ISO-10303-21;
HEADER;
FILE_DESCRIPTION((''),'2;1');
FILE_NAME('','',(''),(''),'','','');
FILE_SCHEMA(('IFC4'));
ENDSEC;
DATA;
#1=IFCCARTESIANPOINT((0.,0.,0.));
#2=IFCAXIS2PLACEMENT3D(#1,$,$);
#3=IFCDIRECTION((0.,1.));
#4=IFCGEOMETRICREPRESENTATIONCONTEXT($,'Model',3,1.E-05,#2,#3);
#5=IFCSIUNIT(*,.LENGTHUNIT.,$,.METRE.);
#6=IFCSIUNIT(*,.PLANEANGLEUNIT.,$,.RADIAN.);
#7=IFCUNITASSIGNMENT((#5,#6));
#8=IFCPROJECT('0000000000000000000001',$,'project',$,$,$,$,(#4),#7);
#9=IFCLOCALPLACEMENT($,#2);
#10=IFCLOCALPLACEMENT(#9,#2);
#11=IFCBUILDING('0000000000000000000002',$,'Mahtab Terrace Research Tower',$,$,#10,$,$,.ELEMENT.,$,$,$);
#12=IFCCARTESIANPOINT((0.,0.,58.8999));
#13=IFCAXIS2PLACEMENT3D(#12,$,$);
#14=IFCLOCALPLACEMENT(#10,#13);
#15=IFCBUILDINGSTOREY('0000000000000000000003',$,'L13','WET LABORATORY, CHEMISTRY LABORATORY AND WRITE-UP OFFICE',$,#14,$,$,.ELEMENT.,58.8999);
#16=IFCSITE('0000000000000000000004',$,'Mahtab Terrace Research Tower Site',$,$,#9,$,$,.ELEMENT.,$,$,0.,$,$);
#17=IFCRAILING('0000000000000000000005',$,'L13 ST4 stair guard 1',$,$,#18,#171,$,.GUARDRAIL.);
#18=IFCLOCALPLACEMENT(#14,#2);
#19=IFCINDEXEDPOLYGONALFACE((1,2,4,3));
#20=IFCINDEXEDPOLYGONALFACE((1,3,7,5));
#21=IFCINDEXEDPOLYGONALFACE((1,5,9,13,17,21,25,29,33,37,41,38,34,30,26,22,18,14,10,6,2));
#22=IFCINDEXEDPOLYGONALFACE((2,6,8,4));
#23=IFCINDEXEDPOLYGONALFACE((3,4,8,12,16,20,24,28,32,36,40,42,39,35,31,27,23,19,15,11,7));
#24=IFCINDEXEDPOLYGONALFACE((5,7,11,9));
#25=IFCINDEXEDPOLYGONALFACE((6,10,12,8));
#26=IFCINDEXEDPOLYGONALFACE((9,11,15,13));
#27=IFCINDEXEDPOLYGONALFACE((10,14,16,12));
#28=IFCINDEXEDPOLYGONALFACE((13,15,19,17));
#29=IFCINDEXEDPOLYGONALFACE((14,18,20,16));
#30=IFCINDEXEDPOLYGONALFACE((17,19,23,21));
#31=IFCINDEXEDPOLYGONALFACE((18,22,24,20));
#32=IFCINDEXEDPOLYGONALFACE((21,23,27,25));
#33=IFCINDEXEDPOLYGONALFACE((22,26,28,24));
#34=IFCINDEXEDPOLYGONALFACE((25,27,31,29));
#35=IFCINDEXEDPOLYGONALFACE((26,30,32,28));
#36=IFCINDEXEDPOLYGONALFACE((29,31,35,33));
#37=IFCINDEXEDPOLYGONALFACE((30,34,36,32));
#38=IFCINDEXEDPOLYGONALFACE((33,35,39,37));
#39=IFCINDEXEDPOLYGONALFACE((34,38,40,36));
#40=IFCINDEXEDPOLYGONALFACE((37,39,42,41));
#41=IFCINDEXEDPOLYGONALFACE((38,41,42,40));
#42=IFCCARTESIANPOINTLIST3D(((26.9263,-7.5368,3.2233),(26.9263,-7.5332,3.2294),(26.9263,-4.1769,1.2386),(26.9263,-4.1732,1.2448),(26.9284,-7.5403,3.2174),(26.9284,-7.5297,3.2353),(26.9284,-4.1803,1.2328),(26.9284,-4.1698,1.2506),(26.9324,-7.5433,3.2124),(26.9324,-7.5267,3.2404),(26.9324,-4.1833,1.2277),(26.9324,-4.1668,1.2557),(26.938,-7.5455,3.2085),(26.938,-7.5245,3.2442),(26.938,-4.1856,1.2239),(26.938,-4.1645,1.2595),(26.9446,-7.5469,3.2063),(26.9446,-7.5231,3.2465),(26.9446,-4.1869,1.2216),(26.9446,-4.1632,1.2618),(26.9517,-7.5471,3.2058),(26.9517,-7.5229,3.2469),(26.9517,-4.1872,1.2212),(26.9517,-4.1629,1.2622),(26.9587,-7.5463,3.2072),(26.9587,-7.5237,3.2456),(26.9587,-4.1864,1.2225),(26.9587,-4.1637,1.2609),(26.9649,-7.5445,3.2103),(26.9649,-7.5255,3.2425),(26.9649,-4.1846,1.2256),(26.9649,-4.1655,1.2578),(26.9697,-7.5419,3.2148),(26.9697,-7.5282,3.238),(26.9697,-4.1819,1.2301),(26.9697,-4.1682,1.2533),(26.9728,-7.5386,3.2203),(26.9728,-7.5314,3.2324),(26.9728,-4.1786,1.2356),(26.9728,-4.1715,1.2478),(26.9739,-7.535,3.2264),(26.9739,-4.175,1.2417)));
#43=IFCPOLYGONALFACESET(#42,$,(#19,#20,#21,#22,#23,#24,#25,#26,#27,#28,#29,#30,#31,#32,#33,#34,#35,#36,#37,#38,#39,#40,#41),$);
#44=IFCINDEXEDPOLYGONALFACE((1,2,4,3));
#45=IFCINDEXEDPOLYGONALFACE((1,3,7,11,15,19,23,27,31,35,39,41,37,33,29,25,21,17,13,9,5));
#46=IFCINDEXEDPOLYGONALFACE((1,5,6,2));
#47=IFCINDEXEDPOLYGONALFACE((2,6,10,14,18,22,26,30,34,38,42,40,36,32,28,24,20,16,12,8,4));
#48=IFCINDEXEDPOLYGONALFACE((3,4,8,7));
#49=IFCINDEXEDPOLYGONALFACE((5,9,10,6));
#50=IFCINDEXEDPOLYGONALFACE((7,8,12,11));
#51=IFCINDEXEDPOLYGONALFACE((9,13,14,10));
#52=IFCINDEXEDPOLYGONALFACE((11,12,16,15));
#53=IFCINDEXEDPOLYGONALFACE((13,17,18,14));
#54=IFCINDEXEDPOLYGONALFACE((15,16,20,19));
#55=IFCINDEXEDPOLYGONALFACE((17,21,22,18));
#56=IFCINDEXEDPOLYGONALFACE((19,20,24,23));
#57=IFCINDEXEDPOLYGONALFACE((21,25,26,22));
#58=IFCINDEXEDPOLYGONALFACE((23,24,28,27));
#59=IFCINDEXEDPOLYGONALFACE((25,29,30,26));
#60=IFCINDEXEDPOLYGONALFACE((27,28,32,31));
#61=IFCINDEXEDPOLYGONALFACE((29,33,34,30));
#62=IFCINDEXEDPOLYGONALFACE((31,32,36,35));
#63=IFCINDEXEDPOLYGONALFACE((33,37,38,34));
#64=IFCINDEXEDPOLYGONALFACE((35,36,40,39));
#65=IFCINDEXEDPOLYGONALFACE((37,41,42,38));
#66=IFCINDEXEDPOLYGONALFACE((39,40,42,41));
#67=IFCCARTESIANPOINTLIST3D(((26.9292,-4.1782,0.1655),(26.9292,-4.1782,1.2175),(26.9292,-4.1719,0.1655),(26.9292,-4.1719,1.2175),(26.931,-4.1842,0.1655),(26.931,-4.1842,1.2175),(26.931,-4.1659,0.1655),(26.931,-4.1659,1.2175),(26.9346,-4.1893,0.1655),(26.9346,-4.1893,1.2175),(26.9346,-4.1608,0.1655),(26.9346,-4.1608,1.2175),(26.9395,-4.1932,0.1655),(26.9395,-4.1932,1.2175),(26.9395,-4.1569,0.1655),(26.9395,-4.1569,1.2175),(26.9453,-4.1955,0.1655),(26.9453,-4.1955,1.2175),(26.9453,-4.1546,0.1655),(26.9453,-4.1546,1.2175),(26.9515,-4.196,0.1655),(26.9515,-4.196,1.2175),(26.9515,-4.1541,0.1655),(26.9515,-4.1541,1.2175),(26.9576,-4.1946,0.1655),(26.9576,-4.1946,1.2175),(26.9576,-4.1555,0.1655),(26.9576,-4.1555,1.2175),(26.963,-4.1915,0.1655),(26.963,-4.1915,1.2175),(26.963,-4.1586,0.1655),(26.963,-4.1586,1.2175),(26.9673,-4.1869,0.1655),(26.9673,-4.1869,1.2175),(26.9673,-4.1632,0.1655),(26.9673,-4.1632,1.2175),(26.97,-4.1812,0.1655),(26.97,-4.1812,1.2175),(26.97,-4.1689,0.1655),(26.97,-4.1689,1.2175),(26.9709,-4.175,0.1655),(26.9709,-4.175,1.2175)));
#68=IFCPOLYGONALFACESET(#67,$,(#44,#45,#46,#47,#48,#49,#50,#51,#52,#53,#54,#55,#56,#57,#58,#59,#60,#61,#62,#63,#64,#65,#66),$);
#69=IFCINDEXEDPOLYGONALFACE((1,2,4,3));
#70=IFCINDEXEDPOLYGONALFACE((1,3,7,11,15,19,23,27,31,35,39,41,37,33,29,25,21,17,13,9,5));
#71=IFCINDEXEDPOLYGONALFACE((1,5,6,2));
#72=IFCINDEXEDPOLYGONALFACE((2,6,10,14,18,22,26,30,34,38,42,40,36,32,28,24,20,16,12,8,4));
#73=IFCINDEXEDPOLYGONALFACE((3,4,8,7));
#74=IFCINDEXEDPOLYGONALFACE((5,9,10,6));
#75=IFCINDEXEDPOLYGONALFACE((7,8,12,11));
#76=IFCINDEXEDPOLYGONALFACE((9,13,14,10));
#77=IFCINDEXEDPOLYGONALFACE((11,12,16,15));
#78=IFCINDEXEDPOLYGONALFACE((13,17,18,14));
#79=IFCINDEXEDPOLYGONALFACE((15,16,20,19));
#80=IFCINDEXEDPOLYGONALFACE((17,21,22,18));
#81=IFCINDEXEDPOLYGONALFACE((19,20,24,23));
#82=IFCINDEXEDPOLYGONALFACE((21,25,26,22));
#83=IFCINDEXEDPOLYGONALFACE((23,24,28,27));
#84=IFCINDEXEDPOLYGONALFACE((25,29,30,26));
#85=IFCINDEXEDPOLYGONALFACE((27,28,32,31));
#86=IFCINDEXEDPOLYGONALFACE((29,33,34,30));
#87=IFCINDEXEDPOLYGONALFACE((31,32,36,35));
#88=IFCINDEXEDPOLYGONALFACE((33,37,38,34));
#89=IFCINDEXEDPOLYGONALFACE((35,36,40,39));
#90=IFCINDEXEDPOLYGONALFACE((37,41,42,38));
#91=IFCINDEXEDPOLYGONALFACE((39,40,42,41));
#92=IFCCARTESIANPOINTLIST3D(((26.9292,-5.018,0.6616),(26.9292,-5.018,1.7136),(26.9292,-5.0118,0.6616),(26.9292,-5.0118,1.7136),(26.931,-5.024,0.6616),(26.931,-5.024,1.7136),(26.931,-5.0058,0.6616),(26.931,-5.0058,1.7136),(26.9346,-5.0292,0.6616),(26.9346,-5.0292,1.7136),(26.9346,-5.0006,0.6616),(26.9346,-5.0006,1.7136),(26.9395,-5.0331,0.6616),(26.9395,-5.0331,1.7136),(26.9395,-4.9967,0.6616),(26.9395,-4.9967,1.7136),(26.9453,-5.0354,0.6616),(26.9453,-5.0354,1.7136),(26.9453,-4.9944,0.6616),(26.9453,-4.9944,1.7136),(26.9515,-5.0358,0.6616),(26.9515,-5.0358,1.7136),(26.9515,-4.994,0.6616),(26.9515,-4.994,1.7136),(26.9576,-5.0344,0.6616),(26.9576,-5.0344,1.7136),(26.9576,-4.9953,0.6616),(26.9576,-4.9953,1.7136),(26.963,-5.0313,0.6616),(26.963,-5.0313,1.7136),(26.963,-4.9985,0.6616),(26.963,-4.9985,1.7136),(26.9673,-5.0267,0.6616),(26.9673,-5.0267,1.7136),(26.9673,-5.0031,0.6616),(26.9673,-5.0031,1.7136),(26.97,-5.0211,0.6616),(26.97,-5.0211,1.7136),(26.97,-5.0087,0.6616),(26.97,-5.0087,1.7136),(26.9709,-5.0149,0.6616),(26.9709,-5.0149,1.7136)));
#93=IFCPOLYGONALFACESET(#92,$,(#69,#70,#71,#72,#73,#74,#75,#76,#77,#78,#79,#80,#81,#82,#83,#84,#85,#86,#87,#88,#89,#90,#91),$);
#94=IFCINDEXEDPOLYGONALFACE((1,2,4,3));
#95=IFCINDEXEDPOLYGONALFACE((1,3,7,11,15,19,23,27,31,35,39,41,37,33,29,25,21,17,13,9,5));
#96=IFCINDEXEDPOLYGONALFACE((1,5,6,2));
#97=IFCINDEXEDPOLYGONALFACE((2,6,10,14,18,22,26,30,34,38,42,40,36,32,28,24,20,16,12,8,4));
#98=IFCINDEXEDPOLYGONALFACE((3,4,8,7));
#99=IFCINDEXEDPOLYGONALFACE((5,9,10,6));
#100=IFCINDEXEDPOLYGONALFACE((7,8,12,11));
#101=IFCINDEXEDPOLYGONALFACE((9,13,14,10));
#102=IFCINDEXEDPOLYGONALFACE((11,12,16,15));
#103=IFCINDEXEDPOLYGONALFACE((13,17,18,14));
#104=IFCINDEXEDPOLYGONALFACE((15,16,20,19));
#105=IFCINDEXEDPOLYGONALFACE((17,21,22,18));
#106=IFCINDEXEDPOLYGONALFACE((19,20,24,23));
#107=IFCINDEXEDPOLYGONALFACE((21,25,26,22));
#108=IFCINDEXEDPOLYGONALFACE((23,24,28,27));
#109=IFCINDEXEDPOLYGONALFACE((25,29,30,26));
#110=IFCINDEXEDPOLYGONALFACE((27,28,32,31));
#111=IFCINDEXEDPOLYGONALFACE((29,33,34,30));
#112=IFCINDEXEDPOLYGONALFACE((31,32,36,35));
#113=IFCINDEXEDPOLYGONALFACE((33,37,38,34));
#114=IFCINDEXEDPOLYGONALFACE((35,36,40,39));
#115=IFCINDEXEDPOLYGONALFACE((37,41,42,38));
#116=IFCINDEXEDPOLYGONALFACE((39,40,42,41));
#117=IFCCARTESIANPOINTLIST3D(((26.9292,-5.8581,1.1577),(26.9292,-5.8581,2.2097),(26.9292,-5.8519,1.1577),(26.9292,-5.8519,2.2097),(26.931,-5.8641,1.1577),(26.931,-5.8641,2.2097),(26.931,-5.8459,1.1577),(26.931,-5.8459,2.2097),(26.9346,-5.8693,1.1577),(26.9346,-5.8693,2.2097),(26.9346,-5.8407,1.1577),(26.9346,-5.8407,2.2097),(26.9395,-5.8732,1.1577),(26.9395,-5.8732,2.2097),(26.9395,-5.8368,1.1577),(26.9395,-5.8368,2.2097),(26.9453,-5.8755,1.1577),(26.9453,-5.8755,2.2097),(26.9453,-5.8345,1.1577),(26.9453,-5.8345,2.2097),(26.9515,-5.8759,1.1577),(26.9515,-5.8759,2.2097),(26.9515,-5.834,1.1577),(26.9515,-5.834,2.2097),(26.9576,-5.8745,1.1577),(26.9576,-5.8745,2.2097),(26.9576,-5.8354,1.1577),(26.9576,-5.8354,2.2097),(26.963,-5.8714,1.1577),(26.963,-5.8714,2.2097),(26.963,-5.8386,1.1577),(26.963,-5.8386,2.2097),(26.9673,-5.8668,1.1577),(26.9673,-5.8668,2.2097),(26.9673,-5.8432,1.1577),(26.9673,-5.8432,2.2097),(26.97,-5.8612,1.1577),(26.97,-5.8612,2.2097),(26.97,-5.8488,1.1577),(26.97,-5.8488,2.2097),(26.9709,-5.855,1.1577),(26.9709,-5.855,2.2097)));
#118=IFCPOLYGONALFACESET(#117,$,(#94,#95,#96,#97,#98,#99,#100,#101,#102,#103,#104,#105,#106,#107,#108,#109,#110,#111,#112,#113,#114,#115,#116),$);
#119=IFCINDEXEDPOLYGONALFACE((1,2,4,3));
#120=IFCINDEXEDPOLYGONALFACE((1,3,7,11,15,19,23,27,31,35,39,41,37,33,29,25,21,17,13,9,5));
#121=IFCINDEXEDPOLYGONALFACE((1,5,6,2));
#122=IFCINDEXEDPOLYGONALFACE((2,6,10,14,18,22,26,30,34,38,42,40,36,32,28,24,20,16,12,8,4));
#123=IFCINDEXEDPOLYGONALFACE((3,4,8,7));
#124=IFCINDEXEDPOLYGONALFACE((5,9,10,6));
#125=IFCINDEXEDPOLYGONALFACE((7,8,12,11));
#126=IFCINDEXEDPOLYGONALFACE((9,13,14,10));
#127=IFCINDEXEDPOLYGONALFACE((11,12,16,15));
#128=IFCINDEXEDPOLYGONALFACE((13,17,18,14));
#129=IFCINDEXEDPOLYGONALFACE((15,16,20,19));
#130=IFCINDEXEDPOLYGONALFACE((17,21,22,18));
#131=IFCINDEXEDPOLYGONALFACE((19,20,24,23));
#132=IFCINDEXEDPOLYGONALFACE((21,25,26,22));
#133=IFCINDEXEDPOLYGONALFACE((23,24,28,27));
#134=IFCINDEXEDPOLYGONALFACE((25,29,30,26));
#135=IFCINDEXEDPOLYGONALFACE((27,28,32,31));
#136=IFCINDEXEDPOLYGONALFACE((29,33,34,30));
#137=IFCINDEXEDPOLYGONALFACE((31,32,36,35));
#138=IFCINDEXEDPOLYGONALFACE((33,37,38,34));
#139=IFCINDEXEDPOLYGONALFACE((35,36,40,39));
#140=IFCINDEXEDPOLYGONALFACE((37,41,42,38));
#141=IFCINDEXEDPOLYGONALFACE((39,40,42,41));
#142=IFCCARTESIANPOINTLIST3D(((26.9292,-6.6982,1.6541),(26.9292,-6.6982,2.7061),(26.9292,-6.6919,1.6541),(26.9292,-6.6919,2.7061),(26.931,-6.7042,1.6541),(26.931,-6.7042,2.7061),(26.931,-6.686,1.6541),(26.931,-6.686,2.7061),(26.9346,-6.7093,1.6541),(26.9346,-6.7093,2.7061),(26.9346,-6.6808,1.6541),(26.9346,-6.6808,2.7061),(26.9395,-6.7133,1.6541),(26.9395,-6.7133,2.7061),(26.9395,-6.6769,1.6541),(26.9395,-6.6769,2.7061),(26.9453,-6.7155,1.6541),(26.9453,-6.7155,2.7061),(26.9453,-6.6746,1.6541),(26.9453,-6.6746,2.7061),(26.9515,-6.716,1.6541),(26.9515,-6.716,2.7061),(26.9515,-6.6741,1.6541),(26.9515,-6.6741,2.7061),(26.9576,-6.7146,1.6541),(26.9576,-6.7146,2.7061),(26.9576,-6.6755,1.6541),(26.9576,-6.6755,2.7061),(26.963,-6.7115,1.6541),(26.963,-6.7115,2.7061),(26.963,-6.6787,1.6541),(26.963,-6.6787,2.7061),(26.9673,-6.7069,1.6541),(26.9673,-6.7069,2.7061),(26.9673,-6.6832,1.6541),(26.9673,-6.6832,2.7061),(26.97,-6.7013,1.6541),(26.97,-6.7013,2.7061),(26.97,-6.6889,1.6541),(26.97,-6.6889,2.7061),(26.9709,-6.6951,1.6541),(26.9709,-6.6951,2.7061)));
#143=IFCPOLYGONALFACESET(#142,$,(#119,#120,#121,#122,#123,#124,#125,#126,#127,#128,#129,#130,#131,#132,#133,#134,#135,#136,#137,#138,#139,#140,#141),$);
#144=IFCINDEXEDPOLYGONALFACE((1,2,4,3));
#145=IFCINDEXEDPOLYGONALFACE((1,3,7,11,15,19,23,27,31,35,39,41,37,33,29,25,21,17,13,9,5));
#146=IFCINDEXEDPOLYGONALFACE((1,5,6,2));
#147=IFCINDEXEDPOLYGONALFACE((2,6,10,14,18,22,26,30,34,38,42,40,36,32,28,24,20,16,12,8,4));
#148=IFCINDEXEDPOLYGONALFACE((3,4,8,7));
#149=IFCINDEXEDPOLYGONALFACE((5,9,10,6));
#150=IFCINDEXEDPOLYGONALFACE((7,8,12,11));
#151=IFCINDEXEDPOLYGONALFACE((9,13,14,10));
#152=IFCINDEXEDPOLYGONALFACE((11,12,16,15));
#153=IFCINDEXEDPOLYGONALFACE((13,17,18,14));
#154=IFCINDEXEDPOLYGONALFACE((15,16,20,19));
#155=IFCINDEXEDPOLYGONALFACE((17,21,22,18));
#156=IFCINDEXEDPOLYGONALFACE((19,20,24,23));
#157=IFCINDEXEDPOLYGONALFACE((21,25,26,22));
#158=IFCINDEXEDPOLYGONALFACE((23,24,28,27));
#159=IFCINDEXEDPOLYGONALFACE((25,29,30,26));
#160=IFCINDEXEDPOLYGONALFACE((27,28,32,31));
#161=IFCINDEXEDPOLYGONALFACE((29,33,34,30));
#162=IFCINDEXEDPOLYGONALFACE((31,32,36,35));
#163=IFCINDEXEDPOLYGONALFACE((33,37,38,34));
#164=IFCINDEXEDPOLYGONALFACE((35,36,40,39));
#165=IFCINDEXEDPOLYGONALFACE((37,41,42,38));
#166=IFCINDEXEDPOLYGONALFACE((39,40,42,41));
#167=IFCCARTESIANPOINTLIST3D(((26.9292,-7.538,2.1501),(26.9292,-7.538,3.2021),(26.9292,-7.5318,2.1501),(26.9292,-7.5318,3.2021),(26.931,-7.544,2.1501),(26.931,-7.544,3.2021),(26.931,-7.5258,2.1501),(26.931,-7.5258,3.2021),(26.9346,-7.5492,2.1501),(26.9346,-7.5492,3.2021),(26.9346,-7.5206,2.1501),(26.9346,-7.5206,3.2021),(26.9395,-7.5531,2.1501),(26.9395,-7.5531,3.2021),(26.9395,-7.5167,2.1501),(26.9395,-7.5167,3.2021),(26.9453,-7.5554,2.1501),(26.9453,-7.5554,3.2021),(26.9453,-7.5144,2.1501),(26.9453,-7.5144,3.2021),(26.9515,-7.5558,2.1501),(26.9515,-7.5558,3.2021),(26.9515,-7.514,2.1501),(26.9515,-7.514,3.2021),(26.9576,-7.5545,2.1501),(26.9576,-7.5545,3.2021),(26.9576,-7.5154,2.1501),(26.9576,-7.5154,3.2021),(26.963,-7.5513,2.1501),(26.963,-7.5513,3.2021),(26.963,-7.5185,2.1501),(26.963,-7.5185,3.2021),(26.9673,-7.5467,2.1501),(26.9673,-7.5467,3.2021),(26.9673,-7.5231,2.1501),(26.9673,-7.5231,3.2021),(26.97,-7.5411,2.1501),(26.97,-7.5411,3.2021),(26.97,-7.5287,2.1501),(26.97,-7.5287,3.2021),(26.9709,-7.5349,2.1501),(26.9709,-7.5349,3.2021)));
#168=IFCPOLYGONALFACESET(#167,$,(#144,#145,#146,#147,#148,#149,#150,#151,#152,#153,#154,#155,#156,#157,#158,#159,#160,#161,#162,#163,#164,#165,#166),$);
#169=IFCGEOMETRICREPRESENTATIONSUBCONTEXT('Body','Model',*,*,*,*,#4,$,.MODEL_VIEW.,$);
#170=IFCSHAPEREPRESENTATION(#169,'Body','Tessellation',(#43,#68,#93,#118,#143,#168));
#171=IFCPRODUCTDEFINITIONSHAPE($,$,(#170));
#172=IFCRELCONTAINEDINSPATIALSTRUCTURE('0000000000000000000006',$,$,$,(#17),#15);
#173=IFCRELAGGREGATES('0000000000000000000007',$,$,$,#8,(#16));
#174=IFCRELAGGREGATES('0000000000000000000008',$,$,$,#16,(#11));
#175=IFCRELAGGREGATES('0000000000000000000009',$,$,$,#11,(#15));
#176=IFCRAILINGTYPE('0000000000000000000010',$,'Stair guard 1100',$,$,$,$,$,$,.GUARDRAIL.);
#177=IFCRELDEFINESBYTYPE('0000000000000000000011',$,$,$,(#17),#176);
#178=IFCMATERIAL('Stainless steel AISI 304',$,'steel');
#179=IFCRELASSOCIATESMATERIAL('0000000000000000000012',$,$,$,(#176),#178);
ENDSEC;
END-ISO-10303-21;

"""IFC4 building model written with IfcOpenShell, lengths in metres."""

from ifc_helpers import new_model, si_unit, direction, frame, origin, origin_2d, place, context, subcontext, project, spatial, circle, extrude, material, type_object, element, save


model = new_model("IFC4")

# Units and contexts
model_context = context("Model", 3, precision=1e-05, world=origin(), true_north=direction((0.0, 1.0)))
body_context = subcontext(model_context, "Body", "Model", "MODEL_VIEW")
ifc_project = project(units=[si_unit("LENGTHUNIT", "METRE"), si_unit("PLANEANGLEUNIT", "RADIAN")], contexts=[model_context])

# Site, building, storey
site_placement = place(None, origin())
site = spatial("IfcSite", under=ifc_project, at=site_placement, Name="Mahtab Terrace Research Tower Site", CompositionType="ELEMENT", RefElevation=0.0)
building_placement = place(site_placement, origin())
building = spatial("IfcBuilding", under=site, at=building_placement, Name="Mahtab Terrace Research Tower", CompositionType="ELEMENT")
storey_placement = place(building_placement, frame((0.0, 0.0, 58.8999)))
storey = spatial("IfcBuildingStorey", under=building, at=storey_placement, Name="L13", Description="WET LABORATORY, CHEMISTRY LABORATORY AND WRITE-UP OFFICE", CompositionType="ELEMENT", Elevation=58.8999)

# Railing
ifc_material_1 = material(Name="Stainless steel AISI 304", Category="steel")
railing_type_1 = type_object("IfcRailingType", Name="Stair guard 1100", PredefinedType="GUARDRAIL", material=ifc_material_1)
railing_1_placement = place(storey_placement, frame((26.95, -4.175, 0.1655)))
element("IfcRailing", 1, at=railing_1_placement, inside=storey, type_object=railing_type_1, Name="L13 ST4 stair guard 1", PredefinedType="GUARDRAIL", context=body_context, shape_type="SweptSolid", body=[
    extrude(circle(Radius=0.0239, at=origin_2d()), frame((0.0, 0.0, 1.0762), z_axis=(0.0, -0.861011, 0.508586), x_axis=(1.0, 0.0, 0.0)), (0.0, 0.0, 1.0), 3.9023),
    extrude(circle(Radius=0.021, at=origin_2d()), origin(), (0.0, 0.0, 1.0), 1.052),
    extrude(circle(Radius=0.021, at=origin_2d()), frame((0.0, -0.8398, 0.4961)), (0.0, 0.0, 1.0), 1.052),
    extrude(circle(Radius=0.021, at=origin_2d()), frame((0.0, -1.6799, 0.9922)), (0.0, 0.0, 1.0), 1.052),
    extrude(circle(Radius=0.021, at=origin_2d()), frame((0.0, -2.52, 1.4885)), (0.0, 0.0, 1.0), 1.052),
    extrude(circle(Radius=0.021, at=origin_2d()), frame((0.0, -3.3599, 1.9846)), (0.0, 0.0, 1.0), 1.052),
])

save(model, "model.ifc")
